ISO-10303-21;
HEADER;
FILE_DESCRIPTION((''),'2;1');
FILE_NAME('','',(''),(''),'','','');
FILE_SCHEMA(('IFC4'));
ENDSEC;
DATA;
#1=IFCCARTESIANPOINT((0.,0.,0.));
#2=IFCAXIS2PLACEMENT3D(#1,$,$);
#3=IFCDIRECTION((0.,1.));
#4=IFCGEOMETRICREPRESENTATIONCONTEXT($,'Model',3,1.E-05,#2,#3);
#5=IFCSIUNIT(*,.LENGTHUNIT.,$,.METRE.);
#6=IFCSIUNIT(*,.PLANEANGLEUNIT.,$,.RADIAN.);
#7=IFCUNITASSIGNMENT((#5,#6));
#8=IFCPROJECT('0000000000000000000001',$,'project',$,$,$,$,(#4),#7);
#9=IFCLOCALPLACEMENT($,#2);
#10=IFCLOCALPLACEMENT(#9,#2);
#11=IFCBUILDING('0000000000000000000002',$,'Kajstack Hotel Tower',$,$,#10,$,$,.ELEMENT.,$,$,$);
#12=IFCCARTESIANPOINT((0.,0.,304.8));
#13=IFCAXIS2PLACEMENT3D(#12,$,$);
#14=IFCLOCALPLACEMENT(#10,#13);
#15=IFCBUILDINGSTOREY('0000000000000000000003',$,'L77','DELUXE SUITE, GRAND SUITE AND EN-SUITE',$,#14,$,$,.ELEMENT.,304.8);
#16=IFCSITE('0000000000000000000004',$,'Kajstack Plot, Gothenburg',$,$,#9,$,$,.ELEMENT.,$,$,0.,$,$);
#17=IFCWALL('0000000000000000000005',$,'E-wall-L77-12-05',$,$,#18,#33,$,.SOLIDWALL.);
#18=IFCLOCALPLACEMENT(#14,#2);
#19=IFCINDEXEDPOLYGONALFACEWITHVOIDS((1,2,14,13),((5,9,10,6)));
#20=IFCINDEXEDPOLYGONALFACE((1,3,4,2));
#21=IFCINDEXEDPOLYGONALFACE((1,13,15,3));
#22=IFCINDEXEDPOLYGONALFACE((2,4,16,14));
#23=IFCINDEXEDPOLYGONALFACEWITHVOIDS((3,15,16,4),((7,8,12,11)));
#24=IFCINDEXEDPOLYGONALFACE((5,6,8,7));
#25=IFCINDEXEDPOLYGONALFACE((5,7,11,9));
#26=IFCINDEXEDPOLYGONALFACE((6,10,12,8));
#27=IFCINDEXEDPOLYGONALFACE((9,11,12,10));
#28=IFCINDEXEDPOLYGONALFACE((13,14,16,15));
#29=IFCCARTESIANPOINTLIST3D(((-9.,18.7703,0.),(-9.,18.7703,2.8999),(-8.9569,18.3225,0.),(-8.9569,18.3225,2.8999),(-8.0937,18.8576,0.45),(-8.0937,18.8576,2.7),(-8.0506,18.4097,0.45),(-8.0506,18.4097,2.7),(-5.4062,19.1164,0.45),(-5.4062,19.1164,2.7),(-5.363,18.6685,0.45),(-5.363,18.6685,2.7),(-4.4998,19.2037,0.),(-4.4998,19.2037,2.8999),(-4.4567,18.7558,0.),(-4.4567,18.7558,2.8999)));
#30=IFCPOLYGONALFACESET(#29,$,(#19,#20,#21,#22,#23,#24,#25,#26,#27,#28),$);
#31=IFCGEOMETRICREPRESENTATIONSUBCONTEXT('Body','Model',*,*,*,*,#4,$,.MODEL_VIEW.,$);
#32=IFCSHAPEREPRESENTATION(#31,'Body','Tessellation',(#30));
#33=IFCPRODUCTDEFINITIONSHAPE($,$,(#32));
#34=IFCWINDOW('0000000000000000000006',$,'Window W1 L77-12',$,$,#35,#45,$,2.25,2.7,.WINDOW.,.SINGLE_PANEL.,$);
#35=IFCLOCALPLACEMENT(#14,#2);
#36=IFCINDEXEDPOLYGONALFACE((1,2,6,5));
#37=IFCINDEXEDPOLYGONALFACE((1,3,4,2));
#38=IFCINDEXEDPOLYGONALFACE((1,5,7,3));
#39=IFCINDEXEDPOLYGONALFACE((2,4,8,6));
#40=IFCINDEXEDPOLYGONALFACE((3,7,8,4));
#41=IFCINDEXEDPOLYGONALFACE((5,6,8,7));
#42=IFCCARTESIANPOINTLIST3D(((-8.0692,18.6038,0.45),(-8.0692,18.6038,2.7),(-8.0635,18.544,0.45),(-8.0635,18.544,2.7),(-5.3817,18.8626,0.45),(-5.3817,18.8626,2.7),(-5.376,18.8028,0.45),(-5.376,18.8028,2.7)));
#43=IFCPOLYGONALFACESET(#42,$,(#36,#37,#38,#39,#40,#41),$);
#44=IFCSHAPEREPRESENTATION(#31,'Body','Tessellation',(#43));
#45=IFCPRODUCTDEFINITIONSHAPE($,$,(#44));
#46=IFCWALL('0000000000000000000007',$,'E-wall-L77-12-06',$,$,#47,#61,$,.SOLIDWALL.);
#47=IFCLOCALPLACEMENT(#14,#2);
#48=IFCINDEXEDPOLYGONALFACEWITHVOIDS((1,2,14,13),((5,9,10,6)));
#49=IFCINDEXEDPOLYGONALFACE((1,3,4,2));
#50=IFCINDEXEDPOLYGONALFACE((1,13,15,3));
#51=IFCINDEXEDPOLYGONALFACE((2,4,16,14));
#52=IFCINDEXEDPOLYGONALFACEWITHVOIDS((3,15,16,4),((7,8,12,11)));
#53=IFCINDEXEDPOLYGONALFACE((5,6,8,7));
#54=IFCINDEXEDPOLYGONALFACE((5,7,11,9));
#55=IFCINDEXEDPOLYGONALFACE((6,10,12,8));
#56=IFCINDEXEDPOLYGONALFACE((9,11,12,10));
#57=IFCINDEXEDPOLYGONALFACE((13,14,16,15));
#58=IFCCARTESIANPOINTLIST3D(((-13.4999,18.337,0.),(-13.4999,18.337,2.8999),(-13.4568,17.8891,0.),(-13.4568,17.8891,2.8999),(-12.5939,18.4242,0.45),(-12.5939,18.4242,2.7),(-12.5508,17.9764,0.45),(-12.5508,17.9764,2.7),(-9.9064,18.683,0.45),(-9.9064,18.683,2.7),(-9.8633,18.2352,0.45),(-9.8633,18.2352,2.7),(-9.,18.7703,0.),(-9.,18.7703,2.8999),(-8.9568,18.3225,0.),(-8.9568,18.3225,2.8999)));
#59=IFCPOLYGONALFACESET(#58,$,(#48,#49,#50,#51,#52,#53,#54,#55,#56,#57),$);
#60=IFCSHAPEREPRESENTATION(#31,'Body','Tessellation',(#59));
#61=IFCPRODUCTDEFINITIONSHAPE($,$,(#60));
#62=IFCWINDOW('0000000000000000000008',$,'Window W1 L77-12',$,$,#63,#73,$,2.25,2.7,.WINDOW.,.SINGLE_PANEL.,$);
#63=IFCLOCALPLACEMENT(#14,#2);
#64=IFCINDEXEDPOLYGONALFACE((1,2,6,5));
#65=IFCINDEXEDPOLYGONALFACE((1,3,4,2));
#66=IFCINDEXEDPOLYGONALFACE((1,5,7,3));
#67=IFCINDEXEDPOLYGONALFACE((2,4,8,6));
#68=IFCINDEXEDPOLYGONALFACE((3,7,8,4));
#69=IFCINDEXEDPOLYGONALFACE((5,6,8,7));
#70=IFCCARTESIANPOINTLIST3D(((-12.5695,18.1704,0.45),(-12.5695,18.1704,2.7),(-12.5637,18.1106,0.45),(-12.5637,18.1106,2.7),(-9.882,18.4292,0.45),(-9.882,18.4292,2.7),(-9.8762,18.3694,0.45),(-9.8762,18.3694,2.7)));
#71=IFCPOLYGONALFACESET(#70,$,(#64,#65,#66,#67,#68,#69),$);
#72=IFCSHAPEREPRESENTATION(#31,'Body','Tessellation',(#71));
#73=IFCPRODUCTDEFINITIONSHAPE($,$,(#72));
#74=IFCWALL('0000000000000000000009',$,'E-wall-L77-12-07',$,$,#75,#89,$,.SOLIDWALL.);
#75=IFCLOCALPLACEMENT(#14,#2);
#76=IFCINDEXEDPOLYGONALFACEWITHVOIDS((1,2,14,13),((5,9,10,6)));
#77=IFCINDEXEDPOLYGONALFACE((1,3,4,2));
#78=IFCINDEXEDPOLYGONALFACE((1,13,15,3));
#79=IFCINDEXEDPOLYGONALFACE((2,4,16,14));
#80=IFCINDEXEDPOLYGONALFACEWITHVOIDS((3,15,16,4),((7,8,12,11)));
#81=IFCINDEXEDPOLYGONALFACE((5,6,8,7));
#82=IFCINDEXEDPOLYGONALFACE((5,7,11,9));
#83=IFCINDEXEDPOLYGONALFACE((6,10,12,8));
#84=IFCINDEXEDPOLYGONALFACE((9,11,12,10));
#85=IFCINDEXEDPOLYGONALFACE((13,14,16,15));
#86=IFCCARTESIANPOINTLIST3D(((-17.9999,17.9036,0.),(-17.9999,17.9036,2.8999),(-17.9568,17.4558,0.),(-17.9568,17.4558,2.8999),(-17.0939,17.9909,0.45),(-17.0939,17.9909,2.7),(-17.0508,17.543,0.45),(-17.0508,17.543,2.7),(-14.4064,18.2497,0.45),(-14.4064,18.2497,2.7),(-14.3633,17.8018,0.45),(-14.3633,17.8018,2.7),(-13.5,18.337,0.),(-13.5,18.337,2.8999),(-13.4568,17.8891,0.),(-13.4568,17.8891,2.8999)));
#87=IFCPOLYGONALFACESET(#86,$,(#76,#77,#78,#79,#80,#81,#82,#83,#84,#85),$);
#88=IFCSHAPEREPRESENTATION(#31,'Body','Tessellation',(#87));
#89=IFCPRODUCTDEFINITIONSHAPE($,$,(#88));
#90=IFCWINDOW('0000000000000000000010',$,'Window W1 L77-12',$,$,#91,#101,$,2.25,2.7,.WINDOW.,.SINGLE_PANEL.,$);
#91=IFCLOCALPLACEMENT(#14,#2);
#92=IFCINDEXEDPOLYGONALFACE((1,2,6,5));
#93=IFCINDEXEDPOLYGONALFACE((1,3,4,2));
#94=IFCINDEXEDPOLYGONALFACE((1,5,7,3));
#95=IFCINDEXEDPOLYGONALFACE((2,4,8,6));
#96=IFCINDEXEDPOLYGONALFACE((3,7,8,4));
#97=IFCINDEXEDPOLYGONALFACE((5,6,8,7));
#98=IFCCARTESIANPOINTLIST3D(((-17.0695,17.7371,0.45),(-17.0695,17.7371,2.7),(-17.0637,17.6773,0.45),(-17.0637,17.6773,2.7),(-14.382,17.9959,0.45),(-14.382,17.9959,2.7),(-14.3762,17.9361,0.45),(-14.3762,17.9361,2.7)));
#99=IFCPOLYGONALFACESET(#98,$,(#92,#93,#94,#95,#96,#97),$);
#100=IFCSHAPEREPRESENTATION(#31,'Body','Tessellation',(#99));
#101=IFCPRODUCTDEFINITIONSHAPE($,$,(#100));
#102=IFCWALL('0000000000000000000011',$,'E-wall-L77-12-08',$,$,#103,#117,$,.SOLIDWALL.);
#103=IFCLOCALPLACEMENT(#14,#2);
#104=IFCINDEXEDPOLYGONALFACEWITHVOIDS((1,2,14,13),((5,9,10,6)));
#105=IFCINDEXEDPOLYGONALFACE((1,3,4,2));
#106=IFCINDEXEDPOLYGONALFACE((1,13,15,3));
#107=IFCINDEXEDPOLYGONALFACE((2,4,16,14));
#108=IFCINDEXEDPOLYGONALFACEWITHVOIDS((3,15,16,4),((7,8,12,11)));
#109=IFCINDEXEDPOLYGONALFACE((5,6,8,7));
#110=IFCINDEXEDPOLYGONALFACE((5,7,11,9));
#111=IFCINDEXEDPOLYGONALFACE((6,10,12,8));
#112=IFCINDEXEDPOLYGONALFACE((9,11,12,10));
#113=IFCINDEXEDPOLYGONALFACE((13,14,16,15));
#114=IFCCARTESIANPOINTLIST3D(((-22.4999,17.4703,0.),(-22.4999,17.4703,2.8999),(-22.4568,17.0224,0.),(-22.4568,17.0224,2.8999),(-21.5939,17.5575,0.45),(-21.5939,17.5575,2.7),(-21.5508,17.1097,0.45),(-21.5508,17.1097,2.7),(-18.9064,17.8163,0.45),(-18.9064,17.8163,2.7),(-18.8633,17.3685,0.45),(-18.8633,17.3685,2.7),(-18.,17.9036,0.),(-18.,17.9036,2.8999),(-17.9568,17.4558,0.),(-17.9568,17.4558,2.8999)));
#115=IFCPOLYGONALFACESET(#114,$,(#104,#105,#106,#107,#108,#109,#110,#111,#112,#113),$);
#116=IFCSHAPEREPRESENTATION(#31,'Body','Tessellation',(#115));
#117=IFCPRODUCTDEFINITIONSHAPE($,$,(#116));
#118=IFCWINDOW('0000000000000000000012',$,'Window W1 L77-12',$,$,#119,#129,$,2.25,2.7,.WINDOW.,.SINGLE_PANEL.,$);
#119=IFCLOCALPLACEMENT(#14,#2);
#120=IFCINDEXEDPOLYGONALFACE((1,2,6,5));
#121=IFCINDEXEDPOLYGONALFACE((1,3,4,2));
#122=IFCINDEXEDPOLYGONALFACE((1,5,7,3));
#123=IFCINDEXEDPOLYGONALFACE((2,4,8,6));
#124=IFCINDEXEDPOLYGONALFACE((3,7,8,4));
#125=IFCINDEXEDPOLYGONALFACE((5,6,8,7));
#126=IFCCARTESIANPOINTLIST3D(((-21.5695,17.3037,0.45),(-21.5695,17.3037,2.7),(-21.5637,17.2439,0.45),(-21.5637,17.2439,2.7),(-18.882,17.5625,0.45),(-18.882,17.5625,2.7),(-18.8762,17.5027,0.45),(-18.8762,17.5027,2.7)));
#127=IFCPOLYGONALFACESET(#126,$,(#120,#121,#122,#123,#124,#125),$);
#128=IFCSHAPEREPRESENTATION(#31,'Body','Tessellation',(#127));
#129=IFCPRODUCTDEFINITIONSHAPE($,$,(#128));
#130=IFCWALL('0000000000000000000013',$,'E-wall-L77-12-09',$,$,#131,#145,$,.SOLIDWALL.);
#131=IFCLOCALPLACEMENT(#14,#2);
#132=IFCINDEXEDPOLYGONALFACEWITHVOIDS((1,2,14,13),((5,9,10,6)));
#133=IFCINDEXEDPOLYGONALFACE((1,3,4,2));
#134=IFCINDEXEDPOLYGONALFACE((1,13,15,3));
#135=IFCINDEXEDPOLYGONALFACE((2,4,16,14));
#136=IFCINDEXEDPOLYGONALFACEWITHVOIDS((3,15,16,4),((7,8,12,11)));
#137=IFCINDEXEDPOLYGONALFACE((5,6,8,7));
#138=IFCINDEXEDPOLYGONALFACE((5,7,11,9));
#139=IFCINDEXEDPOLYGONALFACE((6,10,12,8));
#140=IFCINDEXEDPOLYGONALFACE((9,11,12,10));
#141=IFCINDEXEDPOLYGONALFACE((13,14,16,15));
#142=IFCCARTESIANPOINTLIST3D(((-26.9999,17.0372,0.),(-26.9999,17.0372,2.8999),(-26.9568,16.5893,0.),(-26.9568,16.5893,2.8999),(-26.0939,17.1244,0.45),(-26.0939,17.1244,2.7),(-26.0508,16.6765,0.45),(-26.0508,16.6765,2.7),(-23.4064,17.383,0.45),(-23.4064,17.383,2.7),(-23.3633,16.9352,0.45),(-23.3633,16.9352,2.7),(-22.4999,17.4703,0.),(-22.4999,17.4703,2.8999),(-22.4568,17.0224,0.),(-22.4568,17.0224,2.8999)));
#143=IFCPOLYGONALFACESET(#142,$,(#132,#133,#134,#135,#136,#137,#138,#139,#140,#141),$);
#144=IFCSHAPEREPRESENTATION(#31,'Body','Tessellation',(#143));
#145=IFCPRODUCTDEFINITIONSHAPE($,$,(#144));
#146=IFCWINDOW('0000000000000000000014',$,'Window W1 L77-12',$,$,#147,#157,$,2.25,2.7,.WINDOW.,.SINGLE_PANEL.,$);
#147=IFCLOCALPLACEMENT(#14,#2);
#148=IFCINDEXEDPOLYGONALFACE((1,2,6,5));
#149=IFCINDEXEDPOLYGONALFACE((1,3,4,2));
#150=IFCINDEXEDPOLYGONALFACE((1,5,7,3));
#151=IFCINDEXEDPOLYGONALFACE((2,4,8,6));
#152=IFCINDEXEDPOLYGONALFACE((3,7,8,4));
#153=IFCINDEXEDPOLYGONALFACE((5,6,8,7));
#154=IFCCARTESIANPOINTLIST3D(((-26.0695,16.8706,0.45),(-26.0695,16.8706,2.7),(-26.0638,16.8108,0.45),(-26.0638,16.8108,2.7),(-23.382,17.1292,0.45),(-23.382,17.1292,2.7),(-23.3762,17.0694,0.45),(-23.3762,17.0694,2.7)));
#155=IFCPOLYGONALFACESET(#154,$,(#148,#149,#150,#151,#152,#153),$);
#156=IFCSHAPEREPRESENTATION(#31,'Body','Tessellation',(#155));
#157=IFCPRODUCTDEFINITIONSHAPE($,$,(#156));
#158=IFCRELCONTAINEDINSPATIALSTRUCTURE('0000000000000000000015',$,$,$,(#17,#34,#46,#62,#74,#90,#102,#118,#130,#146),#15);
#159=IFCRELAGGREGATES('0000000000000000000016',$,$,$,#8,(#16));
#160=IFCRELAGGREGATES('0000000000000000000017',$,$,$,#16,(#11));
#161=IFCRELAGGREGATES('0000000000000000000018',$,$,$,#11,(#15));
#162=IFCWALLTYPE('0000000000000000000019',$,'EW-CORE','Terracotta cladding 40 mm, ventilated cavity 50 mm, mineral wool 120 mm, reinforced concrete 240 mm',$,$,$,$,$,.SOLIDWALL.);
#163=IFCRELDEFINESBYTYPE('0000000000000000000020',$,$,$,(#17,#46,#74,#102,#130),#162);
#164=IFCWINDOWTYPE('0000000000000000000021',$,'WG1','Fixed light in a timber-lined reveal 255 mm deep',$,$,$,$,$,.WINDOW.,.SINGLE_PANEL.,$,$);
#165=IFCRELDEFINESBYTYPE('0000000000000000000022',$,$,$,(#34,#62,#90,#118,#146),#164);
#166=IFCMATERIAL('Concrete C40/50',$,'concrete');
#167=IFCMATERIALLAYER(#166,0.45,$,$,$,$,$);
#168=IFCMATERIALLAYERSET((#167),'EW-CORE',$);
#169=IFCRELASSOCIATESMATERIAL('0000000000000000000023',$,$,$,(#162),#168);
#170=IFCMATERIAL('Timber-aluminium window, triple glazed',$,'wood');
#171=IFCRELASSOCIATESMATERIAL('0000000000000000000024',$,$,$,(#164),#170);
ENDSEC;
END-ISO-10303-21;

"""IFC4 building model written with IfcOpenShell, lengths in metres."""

from ifc_helpers import new_model, si_unit, direction, frame, frame_2d, origin, place, context, subcontext, project, spatial, rectangle, extrude, material, layer, layer_set, type_object, element, fill, save


model = new_model("IFC4")

# Units and contexts
model_context = context("Model", 3, precision=1e-05, world=origin(), true_north=direction((0.0, 1.0)))
body_context = subcontext(model_context, "Body", "Model", "MODEL_VIEW")
ifc_project = project(units=[si_unit("LENGTHUNIT", "METRE"), si_unit("PLANEANGLEUNIT", "RADIAN")], contexts=[model_context])

# Site, building, storey
site_placement = place(None, origin())
site = spatial("IfcSite", under=ifc_project, at=site_placement, Name="Kajstack Plot, Gothenburg", CompositionType="ELEMENT", RefElevation=0.0)
building_placement = place(site_placement, origin())
building = spatial("IfcBuilding", under=site, at=building_placement, Name="Kajstack Hotel Tower", CompositionType="ELEMENT")
storey_placement = place(building_placement, frame((0.0, 0.0, 304.8)))
storey = spatial("IfcBuildingStorey", under=building, at=storey_placement, Name="L77", Description="DELUXE SUITE, GRAND SUITE AND EN-SUITE", CompositionType="ELEMENT", Elevation=304.8)

# Walls, openings, windows
ifc_material_1 = material(Name="Concrete C40/50", Category="concrete")
ifc_layer_1 = layer(ifc_material_1, 0.45)
ifc_layer_set_1 = layer_set([ifc_layer_1], Name="EW-CORE")
wall_type_1 = type_object("IfcWallType", Name="EW-CORE", Description="Terracotta cladding 40 mm, ventilated cavity 50 mm, mineral wool 120 mm, reinforced concrete 240 mm", PredefinedType="SOLIDWALL", material=ifc_layer_set_1)
wall_1_placement = place(storey_placement, frame((-4.4783, 18.9797, 0.0), z_axis=(0.0, 0.0, 1.0), x_axis=(-0.995396, -0.095851, 0.0)))
wall_1 = element("IfcWall", 1, at=wall_1_placement, inside=storey, type_object=wall_type_1, Name="E-wall-L77-12-05", PredefinedType="SOLIDWALL", context=body_context, shape_type="SweptSolid", body=[
    extrude(rectangle(XDim=4.521, YDim=0.45, at=frame_2d((2.2605, 0.0))), origin(), (0.0, 0.0, 1.0), 2.8999),
])
opening_1_placement = place(wall_1_placement, frame((0.9104, 0.0, 0.45)))
opening_1 = element("IfcOpeningElement", 2, at=opening_1_placement, cuts=wall_1, PredefinedType="OPENING", context=body_context, shape_type="SweptSolid", body=[
    extrude(rectangle(XDim=2.7, YDim=2.25, at=frame_2d((1.3501, 1.125))), frame((0.0, 0.2349, 0.0), z_axis=(0.0, -1.0, 0.0), x_axis=(1.0, 0.0, 0.0)), (0.0, 0.0, 1.0), 0.47),
])
ifc_material_2 = material(Name="Timber-aluminium window, triple glazed", Category="wood")
window_type = type_object("IfcWindowType", Name="WG1", Description="Fixed light in a timber-lined reveal 255 mm deep", PartitioningType="SINGLE_PANEL", PredefinedType="WINDOW", material=ifc_material_2)
window_1_placement = place(opening_1_placement, origin())
window_1 = element("IfcWindow", 3, at=window_1_placement, inside=storey, type_object=window_type, Name="Window W1 L77-12", OverallHeight=2.25, OverallWidth=2.7, PartitioningType="SINGLE_PANEL", PredefinedType="WINDOW", context=body_context, shape_type="SweptSolid", body=[
    extrude(rectangle(XDim=2.7, YDim=2.25, at=frame_2d((1.3501, 1.125))), frame((0.0, 0.0901, 0.0), z_axis=(0.0, -1.0, 0.0), x_axis=(1.0, 0.0, 0.0)), (0.0, 0.0, 1.0), 0.0601),
])
fill(opening_1, window_1)
wall_2_placement = place(storey_placement, frame((-8.9785, 18.5464, 0.0), z_axis=(0.0, 0.0, 1.0), x_axis=(-0.995395, -0.095856, 0.0)))
wall_2 = element("IfcWall", 4, at=wall_2_placement, inside=storey, type_object=wall_type_1, Name="E-wall-L77-12-06", PredefinedType="SOLIDWALL", context=body_context, shape_type="SweptSolid", body=[
    extrude(rectangle(XDim=4.5208, YDim=0.45, at=frame_2d((2.2603, 0.0))), origin(), (0.0, 0.0, 1.0), 2.8999),
])
opening_2_placement = place(wall_2_placement, frame((0.9104, 0.0, 0.45)))
opening_2 = element("IfcOpeningElement", 5, at=opening_2_placement, cuts=wall_2, PredefinedType="OPENING", context=body_context, shape_type="SweptSolid", body=[
    extrude(rectangle(XDim=2.7, YDim=2.25, at=frame_2d((1.3501, 1.125))), frame((0.0, 0.2349, 0.0), z_axis=(0.0, -1.0, 0.0), x_axis=(1.0, 0.0, 0.0)), (0.0, 0.0, 1.0), 0.47),
])
window_2_placement = place(opening_2_placement, origin())
window_2 = element("IfcWindow", 6, at=window_2_placement, inside=storey, type_object=window_type, Name="Window W1 L77-12", OverallHeight=2.25, OverallWidth=2.7, PartitioningType="SINGLE_PANEL", PredefinedType="WINDOW", context=body_context, shape_type="SweptSolid", body=[
    extrude(rectangle(XDim=2.7, YDim=2.25, at=frame_2d((1.3501, 1.125))), frame((0.0, 0.0901, 0.0), z_axis=(0.0, -1.0, 0.0), x_axis=(1.0, 0.0, 0.0)), (0.0, 0.0, 1.0), 0.0601),
])
fill(opening_2, window_2)
wall_3_placement = place(storey_placement, frame((-13.4785, 18.113, 0.0), z_axis=(0.0, 0.0, 1.0), x_axis=(-0.995395, -0.095856, 0.0)))
wall_3 = element("IfcWall", 7, at=wall_3_placement, inside=storey, type_object=wall_type_1, Name="E-wall-L77-12-07", PredefinedType="SOLIDWALL", context=body_context, shape_type="SweptSolid", body=[
    extrude(rectangle(XDim=4.5208, YDim=0.45, at=frame_2d((2.2603, 0.0))), origin(), (0.0, 0.0, 1.0), 2.8999),
])
opening_3_placement = place(wall_3_placement, frame((0.9104, 0.0, 0.45)))
opening_3 = element("IfcOpeningElement", 8, at=opening_3_placement, cuts=wall_3, PredefinedType="OPENING", context=body_context, shape_type="SweptSolid", body=[
    extrude(rectangle(XDim=2.7, YDim=2.25, at=frame_2d((1.3501, 1.125))), frame((0.0, 0.2349, 0.0), z_axis=(0.0, -1.0, 0.0), x_axis=(1.0, 0.0, 0.0)), (0.0, 0.0, 1.0), 0.47),
])
window_3_placement = place(opening_3_placement, origin())
window_3 = element("IfcWindow", 9, at=window_3_placement, inside=storey, type_object=window_type, Name="Window W1 L77-12", OverallHeight=2.25, OverallWidth=2.7, PartitioningType="SINGLE_PANEL", PredefinedType="WINDOW", context=body_context, shape_type="SweptSolid", body=[
    extrude(rectangle(XDim=2.7, YDim=2.25, at=frame_2d((1.3501, 1.125))), frame((0.0, 0.0901, 0.0), z_axis=(0.0, -1.0, 0.0), x_axis=(1.0, 0.0, 0.0)), (0.0, 0.0, 1.0), 0.0601),
])
fill(opening_3, window_3)
wall_4_placement = place(storey_placement, frame((-17.9785, 17.6797, 0.0), z_axis=(0.0, 0.0, 1.0), x_axis=(-0.995395, -0.095856, 0.0)))
wall_4 = element("IfcWall", 10, at=wall_4_placement, inside=storey, type_object=wall_type_1, Name="E-wall-L77-12-08", PredefinedType="SOLIDWALL", context=body_context, shape_type="SweptSolid", body=[
    extrude(rectangle(XDim=4.5208, YDim=0.45, at=frame_2d((2.2603, 0.0))), origin(), (0.0, 0.0, 1.0), 2.8999),
])
opening_4_placement = place(wall_4_placement, frame((0.9104, 0.0, 0.45)))
opening_4 = element("IfcOpeningElement", 11, at=opening_4_placement, cuts=wall_4, PredefinedType="OPENING", context=body_context, shape_type="SweptSolid", body=[
    extrude(rectangle(XDim=2.7, YDim=2.25, at=frame_2d((1.3501, 1.125))), frame((0.0, 0.2349, 0.0), z_axis=(0.0, -1.0, 0.0), x_axis=(1.0, 0.0, 0.0)), (0.0, 0.0, 1.0), 0.47),
])
window_4_placement = place(opening_4_placement, origin())
window_4 = element("IfcWindow", 12, at=window_4_placement, inside=storey, type_object=window_type, Name="Window W1 L77-12", OverallHeight=2.25, OverallWidth=2.7, PartitioningType="SINGLE_PANEL", PredefinedType="WINDOW", context=body_context, shape_type="SweptSolid", body=[
    extrude(rectangle(XDim=2.7, YDim=2.25, at=frame_2d((1.3501, 1.125))), frame((0.0, 0.0901, 0.0), z_axis=(0.0, -1.0, 0.0), x_axis=(1.0, 0.0, 0.0)), (0.0, 0.0, 1.0), 0.0601),
])
fill(opening_4, window_4)
wall_5_placement = place(storey_placement, frame((-22.4785, 17.2463, 0.0), z_axis=(0.0, 0.0, 1.0), x_axis=(-0.9954, -0.095803, 0.0)))
wall_5 = element("IfcWall", 13, at=wall_5_placement, inside=storey, type_object=wall_type_1, Name="E-wall-L77-12-09", PredefinedType="SOLIDWALL", context=body_context, shape_type="SweptSolid", body=[
    extrude(rectangle(XDim=4.5208, YDim=0.45, at=frame_2d((2.2603, 0.0))), origin(), (0.0, 0.0, 1.0), 2.8999),
])
opening_5_placement = place(wall_5_placement, frame((0.9104, 0.0, 0.45)))
opening_5 = element("IfcOpeningElement", 14, at=opening_5_placement, cuts=wall_5, PredefinedType="OPENING", context=body_context, shape_type="SweptSolid", body=[
    extrude(rectangle(XDim=2.7, YDim=2.25, at=frame_2d((1.3501, 1.125))), frame((0.0, 0.2349, 0.0), z_axis=(0.0, -1.0, 0.0), x_axis=(1.0, 0.0, 0.0)), (0.0, 0.0, 1.0), 0.47),
])
window_5_placement = place(opening_5_placement, origin())
window_5 = element("IfcWindow", 15, at=window_5_placement, inside=storey, type_object=window_type, Name="Window W1 L77-12", OverallHeight=2.25, OverallWidth=2.7, PartitioningType="SINGLE_PANEL", PredefinedType="WINDOW", context=body_context, shape_type="SweptSolid", body=[
    extrude(rectangle(XDim=2.7, YDim=2.25, at=frame_2d((1.3501, 1.125))), frame((0.0, 0.0901, 0.0), z_axis=(0.0, -1.0, 0.0), x_axis=(1.0, 0.0, 0.0)), (0.0, 0.0, 1.0), 0.0601),
])
fill(opening_5, window_5)

save(model, "model.ifc")
